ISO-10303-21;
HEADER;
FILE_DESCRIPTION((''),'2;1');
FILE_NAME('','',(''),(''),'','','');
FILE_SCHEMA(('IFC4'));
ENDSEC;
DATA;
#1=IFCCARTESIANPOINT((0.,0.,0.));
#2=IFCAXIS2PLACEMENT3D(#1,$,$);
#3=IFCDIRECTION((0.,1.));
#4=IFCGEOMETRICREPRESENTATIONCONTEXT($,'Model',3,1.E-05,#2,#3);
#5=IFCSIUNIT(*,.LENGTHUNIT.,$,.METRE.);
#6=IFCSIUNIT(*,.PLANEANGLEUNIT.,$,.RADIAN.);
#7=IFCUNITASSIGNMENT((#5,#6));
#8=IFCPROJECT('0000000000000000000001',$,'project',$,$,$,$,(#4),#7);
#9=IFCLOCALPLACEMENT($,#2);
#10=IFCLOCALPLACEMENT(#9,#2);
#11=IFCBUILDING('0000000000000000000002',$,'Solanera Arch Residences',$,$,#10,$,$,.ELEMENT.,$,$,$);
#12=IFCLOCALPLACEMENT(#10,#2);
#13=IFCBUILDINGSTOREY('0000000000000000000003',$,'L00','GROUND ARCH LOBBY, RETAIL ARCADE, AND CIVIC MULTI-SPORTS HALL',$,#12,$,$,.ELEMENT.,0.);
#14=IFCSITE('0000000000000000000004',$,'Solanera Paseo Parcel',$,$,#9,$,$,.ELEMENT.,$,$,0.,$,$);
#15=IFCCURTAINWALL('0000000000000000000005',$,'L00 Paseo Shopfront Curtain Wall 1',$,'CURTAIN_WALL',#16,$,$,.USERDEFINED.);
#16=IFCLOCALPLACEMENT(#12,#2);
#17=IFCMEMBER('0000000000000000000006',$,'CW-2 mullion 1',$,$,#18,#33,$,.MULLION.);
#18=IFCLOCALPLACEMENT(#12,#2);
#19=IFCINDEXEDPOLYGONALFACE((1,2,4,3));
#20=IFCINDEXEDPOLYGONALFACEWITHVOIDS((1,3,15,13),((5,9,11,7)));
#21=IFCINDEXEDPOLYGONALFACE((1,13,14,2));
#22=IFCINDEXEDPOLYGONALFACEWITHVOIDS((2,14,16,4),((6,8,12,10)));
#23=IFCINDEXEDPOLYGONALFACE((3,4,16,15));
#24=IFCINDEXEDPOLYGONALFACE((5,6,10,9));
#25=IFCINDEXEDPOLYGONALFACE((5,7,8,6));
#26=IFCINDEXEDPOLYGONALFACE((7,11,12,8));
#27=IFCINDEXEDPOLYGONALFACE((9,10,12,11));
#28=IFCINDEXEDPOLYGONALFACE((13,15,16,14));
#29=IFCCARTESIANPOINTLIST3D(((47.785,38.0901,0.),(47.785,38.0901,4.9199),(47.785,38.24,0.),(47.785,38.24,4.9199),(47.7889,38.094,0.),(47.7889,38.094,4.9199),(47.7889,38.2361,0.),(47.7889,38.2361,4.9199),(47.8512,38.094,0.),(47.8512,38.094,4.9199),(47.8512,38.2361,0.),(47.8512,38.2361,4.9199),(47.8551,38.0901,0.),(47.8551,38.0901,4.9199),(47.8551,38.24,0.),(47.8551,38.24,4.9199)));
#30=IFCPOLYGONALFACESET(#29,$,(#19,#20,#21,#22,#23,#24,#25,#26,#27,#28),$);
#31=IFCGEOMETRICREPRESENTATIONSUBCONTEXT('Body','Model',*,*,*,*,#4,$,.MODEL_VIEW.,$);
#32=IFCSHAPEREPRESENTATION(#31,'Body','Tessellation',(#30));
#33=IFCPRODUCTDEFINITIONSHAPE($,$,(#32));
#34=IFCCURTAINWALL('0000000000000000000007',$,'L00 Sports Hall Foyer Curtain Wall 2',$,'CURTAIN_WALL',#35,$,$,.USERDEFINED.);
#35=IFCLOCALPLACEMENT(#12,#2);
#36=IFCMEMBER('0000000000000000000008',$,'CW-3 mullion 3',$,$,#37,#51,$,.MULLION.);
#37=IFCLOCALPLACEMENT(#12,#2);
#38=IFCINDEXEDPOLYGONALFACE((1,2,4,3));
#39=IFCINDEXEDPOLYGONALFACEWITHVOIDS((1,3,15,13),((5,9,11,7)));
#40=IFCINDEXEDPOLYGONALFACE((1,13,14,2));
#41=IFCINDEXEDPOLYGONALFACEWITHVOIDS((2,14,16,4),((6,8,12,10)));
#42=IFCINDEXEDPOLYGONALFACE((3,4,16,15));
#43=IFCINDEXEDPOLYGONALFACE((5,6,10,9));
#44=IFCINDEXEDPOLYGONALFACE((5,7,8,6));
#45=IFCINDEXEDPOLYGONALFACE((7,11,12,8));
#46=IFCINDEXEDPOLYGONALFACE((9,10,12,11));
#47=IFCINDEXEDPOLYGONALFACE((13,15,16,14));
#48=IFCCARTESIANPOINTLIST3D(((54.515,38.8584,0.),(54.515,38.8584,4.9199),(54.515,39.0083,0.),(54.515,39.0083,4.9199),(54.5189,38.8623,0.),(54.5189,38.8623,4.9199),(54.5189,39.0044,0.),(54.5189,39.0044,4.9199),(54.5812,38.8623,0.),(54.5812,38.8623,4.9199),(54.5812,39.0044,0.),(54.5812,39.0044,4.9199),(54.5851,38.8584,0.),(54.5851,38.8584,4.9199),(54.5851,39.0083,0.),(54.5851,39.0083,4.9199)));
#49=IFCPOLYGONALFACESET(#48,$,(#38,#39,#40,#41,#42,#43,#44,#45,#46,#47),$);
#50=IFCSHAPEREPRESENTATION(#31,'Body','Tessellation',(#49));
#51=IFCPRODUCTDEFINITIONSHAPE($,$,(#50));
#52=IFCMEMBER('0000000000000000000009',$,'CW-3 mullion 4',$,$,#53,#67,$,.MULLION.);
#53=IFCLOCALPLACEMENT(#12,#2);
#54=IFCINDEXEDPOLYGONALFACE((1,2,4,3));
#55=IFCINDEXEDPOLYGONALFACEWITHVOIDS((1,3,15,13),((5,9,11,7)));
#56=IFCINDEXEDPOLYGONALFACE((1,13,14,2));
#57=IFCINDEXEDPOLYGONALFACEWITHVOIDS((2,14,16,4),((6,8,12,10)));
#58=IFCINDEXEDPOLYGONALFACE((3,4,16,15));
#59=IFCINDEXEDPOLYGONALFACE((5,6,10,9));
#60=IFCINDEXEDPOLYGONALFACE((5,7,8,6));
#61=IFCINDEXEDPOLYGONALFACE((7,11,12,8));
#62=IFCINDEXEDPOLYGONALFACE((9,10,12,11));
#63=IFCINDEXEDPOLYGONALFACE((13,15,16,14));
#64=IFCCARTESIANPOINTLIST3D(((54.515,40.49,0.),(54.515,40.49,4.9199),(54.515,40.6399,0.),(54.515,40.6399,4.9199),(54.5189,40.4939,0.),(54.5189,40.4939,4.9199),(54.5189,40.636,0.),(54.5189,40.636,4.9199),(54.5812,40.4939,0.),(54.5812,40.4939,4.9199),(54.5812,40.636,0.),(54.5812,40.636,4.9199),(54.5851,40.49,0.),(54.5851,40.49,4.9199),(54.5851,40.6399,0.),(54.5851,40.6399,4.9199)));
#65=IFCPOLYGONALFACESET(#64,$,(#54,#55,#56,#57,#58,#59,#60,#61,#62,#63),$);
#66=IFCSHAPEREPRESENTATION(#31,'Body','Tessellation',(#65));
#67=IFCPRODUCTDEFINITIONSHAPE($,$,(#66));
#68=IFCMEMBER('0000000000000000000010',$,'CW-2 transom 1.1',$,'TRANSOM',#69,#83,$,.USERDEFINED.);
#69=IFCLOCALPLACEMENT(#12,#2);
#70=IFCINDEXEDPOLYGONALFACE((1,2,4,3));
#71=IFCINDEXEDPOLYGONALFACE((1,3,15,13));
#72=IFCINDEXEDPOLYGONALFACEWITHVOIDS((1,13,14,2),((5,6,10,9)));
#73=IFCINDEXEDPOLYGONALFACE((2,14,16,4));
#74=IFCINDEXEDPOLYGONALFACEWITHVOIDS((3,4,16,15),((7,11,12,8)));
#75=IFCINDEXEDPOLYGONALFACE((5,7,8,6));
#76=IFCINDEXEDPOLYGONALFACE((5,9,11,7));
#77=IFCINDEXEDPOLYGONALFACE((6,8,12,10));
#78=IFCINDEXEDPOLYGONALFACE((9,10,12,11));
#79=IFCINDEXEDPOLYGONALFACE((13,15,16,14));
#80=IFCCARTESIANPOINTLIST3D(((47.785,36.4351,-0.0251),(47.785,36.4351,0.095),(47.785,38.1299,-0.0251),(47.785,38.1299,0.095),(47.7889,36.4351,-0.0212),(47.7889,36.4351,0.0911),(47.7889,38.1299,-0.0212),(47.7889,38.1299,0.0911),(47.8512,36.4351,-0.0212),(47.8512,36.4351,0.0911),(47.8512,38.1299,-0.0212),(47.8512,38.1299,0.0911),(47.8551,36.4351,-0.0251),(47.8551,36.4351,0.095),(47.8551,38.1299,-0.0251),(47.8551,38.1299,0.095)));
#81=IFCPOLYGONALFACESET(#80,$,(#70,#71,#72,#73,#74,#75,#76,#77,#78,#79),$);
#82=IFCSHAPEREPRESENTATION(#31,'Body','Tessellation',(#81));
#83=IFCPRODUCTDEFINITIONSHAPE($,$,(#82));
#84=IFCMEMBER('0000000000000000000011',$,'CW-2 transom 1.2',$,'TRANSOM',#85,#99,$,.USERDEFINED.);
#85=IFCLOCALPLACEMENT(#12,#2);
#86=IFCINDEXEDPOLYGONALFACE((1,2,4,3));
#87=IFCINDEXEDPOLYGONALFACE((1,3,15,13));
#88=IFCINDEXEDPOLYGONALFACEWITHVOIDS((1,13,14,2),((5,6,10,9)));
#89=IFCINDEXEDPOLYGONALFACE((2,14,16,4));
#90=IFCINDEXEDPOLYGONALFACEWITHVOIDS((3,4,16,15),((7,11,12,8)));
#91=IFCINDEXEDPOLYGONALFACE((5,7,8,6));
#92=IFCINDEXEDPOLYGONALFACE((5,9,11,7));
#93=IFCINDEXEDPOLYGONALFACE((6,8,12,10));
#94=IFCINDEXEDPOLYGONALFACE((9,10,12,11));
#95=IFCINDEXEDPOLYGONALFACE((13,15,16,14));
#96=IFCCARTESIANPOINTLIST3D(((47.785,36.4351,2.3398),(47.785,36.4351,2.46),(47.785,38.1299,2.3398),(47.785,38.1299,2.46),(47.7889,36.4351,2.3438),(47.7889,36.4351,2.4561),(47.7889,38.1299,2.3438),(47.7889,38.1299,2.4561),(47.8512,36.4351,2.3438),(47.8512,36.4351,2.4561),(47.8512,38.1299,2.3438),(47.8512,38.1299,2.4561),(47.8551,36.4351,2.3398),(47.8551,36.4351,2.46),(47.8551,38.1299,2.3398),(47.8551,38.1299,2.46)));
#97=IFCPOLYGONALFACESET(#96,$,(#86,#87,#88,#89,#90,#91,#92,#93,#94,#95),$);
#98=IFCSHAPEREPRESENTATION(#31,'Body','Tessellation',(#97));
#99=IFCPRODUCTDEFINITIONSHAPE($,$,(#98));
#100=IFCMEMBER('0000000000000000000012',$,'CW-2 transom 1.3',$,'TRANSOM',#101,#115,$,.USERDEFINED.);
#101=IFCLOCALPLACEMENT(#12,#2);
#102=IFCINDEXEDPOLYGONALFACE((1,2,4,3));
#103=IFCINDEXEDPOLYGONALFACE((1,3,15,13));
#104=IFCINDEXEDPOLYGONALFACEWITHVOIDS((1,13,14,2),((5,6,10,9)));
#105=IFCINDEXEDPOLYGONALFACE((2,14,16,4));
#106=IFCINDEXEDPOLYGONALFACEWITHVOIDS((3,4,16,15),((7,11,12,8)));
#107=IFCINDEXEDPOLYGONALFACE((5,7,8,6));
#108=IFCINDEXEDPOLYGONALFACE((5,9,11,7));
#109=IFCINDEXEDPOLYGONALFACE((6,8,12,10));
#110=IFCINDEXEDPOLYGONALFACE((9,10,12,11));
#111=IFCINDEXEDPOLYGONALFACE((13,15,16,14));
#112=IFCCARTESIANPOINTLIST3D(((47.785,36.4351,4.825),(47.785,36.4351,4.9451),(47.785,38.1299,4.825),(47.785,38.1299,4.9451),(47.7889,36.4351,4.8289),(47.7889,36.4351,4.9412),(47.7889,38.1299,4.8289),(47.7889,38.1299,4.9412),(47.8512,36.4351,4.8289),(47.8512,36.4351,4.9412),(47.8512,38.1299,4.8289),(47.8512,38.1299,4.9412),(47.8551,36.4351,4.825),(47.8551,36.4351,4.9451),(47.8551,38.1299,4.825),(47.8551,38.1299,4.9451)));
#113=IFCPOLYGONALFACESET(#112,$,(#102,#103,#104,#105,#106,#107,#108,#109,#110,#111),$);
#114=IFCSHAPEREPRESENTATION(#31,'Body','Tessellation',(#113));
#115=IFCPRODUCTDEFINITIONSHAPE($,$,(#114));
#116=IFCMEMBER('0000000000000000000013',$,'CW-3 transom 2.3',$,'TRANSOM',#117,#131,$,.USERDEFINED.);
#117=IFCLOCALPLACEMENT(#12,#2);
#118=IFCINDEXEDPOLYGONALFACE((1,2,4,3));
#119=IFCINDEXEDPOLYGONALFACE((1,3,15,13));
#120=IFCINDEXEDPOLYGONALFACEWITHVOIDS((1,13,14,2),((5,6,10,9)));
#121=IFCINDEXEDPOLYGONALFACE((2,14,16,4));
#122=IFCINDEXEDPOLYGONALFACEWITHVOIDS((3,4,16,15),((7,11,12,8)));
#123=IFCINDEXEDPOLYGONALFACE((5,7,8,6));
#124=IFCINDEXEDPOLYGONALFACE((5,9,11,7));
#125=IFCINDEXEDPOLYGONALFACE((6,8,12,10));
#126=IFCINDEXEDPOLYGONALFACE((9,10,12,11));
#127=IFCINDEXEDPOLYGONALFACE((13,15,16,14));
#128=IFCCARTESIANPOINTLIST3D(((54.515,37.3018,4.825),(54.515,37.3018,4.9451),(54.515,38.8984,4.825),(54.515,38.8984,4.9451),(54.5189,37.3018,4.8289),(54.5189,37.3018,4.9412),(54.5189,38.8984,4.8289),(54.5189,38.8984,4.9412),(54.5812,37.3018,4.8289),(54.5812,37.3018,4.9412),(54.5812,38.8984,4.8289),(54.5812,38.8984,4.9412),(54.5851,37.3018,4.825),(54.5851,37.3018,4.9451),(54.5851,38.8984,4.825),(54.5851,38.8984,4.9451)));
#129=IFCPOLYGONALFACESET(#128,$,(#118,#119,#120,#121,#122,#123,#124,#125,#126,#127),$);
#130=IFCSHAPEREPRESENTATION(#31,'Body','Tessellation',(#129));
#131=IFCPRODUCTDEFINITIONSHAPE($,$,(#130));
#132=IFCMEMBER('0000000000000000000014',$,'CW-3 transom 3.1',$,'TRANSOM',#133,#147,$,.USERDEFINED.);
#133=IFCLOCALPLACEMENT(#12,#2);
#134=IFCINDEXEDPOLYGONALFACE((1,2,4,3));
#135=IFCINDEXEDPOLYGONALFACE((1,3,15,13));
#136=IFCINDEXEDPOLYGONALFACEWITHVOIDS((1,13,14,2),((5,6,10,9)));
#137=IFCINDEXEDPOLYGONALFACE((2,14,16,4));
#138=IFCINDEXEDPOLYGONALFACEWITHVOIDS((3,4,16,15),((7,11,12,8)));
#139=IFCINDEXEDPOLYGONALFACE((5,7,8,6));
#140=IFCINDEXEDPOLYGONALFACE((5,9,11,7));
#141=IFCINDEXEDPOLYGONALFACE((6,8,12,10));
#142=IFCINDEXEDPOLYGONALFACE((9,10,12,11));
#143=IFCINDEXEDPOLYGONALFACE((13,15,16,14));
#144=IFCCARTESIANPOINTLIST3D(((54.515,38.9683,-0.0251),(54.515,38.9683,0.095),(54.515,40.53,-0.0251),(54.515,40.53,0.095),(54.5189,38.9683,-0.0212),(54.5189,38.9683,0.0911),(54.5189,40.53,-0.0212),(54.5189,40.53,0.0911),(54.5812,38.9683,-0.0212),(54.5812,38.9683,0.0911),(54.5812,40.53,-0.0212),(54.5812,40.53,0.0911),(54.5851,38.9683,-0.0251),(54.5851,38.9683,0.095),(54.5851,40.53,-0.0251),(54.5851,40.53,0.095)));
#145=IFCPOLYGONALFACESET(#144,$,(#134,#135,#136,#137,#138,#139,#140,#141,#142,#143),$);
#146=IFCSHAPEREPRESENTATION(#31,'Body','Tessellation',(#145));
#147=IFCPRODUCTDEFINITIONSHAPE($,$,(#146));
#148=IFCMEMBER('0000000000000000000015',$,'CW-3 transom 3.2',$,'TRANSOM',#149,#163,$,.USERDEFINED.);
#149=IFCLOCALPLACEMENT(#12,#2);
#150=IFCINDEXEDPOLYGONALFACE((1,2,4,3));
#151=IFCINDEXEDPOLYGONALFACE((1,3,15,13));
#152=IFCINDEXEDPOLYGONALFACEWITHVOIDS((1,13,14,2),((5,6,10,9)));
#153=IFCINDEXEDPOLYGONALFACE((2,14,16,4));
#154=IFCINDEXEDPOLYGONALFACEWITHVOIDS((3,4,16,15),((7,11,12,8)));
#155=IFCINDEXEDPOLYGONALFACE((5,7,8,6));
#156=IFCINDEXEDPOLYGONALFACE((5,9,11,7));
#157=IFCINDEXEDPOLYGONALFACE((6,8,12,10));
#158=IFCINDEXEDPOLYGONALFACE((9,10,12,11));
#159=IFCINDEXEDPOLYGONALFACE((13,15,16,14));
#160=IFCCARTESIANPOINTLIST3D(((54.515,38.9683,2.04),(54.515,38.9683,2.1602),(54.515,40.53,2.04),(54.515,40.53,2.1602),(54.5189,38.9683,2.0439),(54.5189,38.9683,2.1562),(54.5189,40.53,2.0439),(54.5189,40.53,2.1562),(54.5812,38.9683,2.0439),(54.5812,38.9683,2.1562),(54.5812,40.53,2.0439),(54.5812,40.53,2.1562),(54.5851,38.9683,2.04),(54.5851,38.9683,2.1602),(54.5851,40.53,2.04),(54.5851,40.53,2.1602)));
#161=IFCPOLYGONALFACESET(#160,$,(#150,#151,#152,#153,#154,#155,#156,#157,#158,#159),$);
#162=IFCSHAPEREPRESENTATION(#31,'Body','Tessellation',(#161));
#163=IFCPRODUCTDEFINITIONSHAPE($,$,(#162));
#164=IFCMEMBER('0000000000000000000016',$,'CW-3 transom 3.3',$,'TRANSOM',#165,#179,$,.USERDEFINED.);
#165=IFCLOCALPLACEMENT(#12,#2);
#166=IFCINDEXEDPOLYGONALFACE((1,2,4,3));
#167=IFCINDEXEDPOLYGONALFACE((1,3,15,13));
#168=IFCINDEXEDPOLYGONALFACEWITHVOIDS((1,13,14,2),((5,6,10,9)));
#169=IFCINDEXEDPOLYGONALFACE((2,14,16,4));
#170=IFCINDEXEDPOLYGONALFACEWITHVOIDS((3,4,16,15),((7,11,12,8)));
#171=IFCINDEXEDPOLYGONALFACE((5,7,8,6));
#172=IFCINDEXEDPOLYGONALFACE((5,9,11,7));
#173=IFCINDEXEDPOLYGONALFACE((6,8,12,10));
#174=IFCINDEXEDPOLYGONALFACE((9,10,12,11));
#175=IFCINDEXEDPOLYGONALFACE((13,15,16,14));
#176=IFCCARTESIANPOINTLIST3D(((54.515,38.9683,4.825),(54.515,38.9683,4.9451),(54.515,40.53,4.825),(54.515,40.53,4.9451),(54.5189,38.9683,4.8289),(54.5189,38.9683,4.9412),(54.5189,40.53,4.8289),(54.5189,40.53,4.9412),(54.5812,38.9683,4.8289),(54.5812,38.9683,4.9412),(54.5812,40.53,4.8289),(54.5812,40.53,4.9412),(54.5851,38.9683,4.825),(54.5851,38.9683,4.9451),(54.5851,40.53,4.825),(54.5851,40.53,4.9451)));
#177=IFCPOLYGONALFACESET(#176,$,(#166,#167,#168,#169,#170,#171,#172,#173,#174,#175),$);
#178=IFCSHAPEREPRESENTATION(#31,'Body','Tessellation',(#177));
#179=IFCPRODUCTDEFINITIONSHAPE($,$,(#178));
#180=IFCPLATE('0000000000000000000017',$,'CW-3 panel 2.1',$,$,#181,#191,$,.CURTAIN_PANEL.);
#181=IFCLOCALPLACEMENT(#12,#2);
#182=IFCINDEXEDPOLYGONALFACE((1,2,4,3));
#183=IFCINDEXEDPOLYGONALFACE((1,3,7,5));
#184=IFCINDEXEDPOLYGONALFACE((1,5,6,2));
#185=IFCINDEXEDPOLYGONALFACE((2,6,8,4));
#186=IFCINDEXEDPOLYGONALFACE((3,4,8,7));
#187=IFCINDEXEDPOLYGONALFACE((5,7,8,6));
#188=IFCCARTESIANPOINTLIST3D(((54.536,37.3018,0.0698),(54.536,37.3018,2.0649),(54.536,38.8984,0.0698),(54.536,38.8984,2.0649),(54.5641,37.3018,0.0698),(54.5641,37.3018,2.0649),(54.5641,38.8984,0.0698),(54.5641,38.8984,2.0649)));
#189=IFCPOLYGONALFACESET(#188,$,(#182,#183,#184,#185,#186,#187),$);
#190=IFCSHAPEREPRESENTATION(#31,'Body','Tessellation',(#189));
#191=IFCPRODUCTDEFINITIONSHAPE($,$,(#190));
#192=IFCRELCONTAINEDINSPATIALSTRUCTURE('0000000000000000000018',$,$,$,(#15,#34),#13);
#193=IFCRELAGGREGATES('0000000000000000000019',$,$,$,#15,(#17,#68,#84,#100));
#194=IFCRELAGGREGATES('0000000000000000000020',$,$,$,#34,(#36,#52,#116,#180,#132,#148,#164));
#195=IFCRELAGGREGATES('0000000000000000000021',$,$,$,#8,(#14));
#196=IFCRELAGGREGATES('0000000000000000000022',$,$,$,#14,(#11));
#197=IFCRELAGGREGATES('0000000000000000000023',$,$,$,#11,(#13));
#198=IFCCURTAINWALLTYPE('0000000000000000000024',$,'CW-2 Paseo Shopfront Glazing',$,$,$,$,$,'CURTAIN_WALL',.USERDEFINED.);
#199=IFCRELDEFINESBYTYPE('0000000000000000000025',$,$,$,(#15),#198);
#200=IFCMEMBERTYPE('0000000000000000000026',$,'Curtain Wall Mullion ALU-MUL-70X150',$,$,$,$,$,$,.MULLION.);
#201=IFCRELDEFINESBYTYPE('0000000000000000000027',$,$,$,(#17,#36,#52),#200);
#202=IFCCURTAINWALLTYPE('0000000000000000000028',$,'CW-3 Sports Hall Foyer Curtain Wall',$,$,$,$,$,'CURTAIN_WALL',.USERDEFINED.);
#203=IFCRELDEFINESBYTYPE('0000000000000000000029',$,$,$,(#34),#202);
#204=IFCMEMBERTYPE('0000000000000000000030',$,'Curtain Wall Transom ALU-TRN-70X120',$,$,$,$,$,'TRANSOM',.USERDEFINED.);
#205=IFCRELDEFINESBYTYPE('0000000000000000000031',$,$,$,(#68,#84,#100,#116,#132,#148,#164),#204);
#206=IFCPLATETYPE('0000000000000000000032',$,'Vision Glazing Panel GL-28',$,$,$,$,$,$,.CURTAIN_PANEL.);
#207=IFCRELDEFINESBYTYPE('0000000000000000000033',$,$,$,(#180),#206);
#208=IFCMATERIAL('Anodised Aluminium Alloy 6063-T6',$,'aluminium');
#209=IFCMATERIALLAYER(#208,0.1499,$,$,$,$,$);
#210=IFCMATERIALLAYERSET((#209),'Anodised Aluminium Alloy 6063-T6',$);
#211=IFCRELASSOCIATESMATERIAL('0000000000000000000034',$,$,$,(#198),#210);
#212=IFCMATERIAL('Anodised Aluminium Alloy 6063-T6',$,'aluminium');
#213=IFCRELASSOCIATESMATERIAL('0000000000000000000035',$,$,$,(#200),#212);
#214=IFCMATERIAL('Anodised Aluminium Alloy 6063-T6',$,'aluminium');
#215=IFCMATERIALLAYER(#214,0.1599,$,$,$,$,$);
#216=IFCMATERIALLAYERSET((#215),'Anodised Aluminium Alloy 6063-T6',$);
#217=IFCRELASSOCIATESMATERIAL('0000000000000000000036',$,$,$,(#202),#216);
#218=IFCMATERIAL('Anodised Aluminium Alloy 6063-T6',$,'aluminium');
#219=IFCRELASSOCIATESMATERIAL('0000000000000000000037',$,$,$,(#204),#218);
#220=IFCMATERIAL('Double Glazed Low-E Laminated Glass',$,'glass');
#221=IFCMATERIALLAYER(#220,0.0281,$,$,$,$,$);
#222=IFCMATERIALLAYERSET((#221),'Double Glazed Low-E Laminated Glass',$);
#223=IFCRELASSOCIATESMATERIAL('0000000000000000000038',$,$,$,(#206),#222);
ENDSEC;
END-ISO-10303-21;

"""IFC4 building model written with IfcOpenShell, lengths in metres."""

from ifc_helpers import new_model, si_unit, direction, frame, origin, origin_2d, place, context, subcontext, project, spatial, rectangle, hollow_rectangle, extrude, material, layer, layer_set, material_profile, profile_set, type_object, element, aggregate, save


model = new_model("IFC4")

# Units and contexts
model_context = context("Model", 3, precision=1e-05, world=origin(), true_north=direction((0.0, 1.0)))
body_context = subcontext(model_context, "Body", "Model", "MODEL_VIEW")
ifc_project = project(units=[si_unit("LENGTHUNIT", "METRE"), si_unit("PLANEANGLEUNIT", "RADIAN")], contexts=[model_context])

# Site, building, storey
site_placement = place(None, origin())
site = spatial("IfcSite", under=ifc_project, at=site_placement, Name="Solanera Paseo Parcel", CompositionType="ELEMENT", RefElevation=0.0)
building_placement = place(site_placement, origin())
building = spatial("IfcBuilding", under=site, at=building_placement, Name="Solanera Arch Residences", CompositionType="ELEMENT")
storey_placement = place(building_placement, origin())
storey = spatial("IfcBuildingStorey", under=building, at=storey_placement, Name="L00", Description="GROUND ARCH LOBBY, RETAIL ARCADE, AND CIVIC MULTI-SPORTS HALL", CompositionType="ELEMENT", Elevation=0.0)

# Curtain wall, member
ifc_material_1 = material(Name="Anodised Aluminium Alloy 6063-T6", Category="aluminium")
ifc_layer_1 = layer(ifc_material_1, 0.1499)
ifc_layer_set_1 = layer_set([ifc_layer_1], Name="Anodised Aluminium Alloy 6063-T6")
curtain_wall_type_1 = type_object("IfcCurtainWallType", Name="CW-2 Paseo Shopfront Glazing", ElementType="CURTAIN_WALL", PredefinedType="USERDEFINED", material=ifc_layer_set_1)
curtain_wall_1_placement = place(storey_placement, origin())
curtain_wall_1 = element("IfcCurtainWall", 1, at=curtain_wall_1_placement, inside=storey, type_object=curtain_wall_type_1, Name="L00 Paseo Shopfront Curtain Wall 1", ObjectType="CURTAIN_WALL", PredefinedType="USERDEFINED")
ifc_material_2 = material(Name="Anodised Aluminium Alloy 6063-T6", Category="aluminium")
ifc_material_profile_1 = material_profile(ifc_material_2, hollow_rectangle(XDim=0.0701, YDim=0.1499, WallThickness=0.0039, at=origin_2d()))
ifc_profile_set_1 = profile_set([ifc_material_profile_1], Name="Anodised Aluminium Alloy 6063-T6")
member_type_1 = type_object("IfcMemberType", Name="Curtain Wall Mullion ALU-MUL-70X150", PredefinedType="MULLION", material=ifc_profile_set_1)
member_1_placement = place(storey_placement, frame((47.8201, 38.165, 0.0), z_axis=(0.0, 0.0, 1.0), x_axis=(1.0, 0.0, 0.0)))
member_1 = element("IfcMember", 2, at=member_1_placement, type_object=member_type_1, Name="CW-2 mullion 1", PredefinedType="MULLION", context=body_context, shape_type="SweptSolid", body=[
    extrude(hollow_rectangle(XDim=0.0701, YDim=0.1499, WallThickness=0.0039, at=origin_2d()), origin(), (0.0, 0.0, 1.0), 4.9199),
])

# Curtain wall, members
ifc_material_3 = material(Name="Anodised Aluminium Alloy 6063-T6", Category="aluminium")
ifc_layer_2 = layer(ifc_material_3, 0.1599)
ifc_layer_set_2 = layer_set([ifc_layer_2], Name="Anodised Aluminium Alloy 6063-T6")
curtain_wall_type_2 = type_object("IfcCurtainWallType", Name="CW-3 Sports Hall Foyer Curtain Wall", ElementType="CURTAIN_WALL", PredefinedType="USERDEFINED", material=ifc_layer_set_2)
curtain_wall_2_placement = place(storey_placement, origin())
curtain_wall_2 = element("IfcCurtainWall", 3, at=curtain_wall_2_placement, inside=storey, type_object=curtain_wall_type_2, Name="L00 Sports Hall Foyer Curtain Wall 2", ObjectType="CURTAIN_WALL", PredefinedType="USERDEFINED")
member_2_placement = place(storey_placement, frame((54.55, 38.9333, 0.0), z_axis=(0.0, 0.0, 1.0), x_axis=(-1.0, 0.0, 0.0)))
member_2 = element("IfcMember", 4, at=member_2_placement, type_object=member_type_1, Name="CW-3 mullion 3", PredefinedType="MULLION", context=body_context, shape_type="SweptSolid", body=[
    extrude(hollow_rectangle(XDim=0.0701, YDim=0.1499, WallThickness=0.0039, at=origin_2d()), origin(), (0.0, 0.0, 1.0), 4.9199),
])
member_3_placement = place(storey_placement, frame((54.55, 40.5649, 0.0), z_axis=(0.0, 0.0, 1.0), x_axis=(-1.0, 0.0, 0.0)))
member_3 = element("IfcMember", 5, at=member_3_placement, type_object=member_type_1, Name="CW-3 mullion 4", PredefinedType="MULLION", context=body_context, shape_type="SweptSolid", body=[
    extrude(hollow_rectangle(XDim=0.0701, YDim=0.1499, WallThickness=0.0039, at=origin_2d()), origin(), (0.0, 0.0, 1.0), 4.9199),
])

# Members
ifc_material_4 = material(Name="Anodised Aluminium Alloy 6063-T6", Category="aluminium")
ifc_material_profile_2 = material_profile(ifc_material_4, hollow_rectangle(XDim=0.0701, YDim=0.1201, WallThickness=0.0039, at=origin_2d()))
ifc_profile_set_2 = profile_set([ifc_material_profile_2], Name="Anodised Aluminium Alloy 6063-T6")
member_type_2 = type_object("IfcMemberType", Name="Curtain Wall Transom ALU-TRN-70X120", ElementType="TRANSOM", PredefinedType="USERDEFINED", material=ifc_profile_set_2)
member_4_placement = place(storey_placement, frame((47.8201, 38.1299, 0.0349), z_axis=(0.0, -1.0, 0.0), x_axis=(1.0, 0.0, 0.0)))
member_4 = element("IfcMember", 6, at=member_4_placement, type_object=member_type_2, Name="CW-2 transom 1.1", ObjectType="TRANSOM", PredefinedType="USERDEFINED", context=body_context, shape_type="SweptSolid", body=[
    extrude(hollow_rectangle(XDim=0.0701, YDim=0.1201, WallThickness=0.0039, at=origin_2d()), origin(), (0.0, 0.0, 1.0), 1.6948),
])
member_5_placement = place(storey_placement, frame((47.8201, 38.1299, 2.3999), z_axis=(0.0, -1.0, 0.0), x_axis=(1.0, 0.0, 0.0)))
member_5 = element("IfcMember", 7, at=member_5_placement, type_object=member_type_2, Name="CW-2 transom 1.2", ObjectType="TRANSOM", PredefinedType="USERDEFINED", context=body_context, shape_type="SweptSolid", body=[
    extrude(hollow_rectangle(XDim=0.0701, YDim=0.1201, WallThickness=0.0039, at=origin_2d()), origin(), (0.0, 0.0, 1.0), 1.6948),
])
member_6_placement = place(storey_placement, frame((47.8201, 38.1299, 4.885), z_axis=(0.0, -1.0, 0.0), x_axis=(1.0, 0.0, 0.0)))
member_6 = element("IfcMember", 8, at=member_6_placement, type_object=member_type_2, Name="CW-2 transom 1.3", ObjectType="TRANSOM", PredefinedType="USERDEFINED", context=body_context, shape_type="SweptSolid", body=[
    extrude(hollow_rectangle(XDim=0.0701, YDim=0.1201, WallThickness=0.0039, at=origin_2d()), origin(), (0.0, 0.0, 1.0), 1.6948),
])
aggregate(curtain_wall_1, [member_1, member_4, member_5, member_6])
member_7_placement = place(storey_placement, frame((54.55, 37.3018, 4.885), z_axis=(0.0, 1.0, 0.0), x_axis=(-1.0, 0.0, 0.0)))
member_7 = element("IfcMember", 9, at=member_7_placement, type_object=member_type_2, Name="CW-3 transom 2.3", ObjectType="TRANSOM", PredefinedType="USERDEFINED", context=body_context, shape_type="SweptSolid", body=[
    extrude(hollow_rectangle(XDim=0.0701, YDim=0.1201, WallThickness=0.0039, at=origin_2d()), origin(), (0.0, 0.0, 1.0), 1.5967),
])
member_8_placement = place(storey_placement, frame((54.55, 38.9683, 0.0349), z_axis=(0.0, 1.0, 0.0), x_axis=(-1.0, 0.0, 0.0)))
member_8 = element("IfcMember", 10, at=member_8_placement, type_object=member_type_2, Name="CW-3 transom 3.1", ObjectType="TRANSOM", PredefinedType="USERDEFINED", context=body_context, shape_type="SweptSolid", body=[
    extrude(hollow_rectangle(XDim=0.0701, YDim=0.1201, WallThickness=0.0039, at=origin_2d()), origin(), (0.0, 0.0, 1.0), 1.5618),
])
member_9_placement = place(storey_placement, frame((54.55, 38.9683, 2.1001), z_axis=(0.0, 1.0, 0.0), x_axis=(-1.0, 0.0, 0.0)))
member_9 = element("IfcMember", 11, at=member_9_placement, type_object=member_type_2, Name="CW-3 transom 3.2", ObjectType="TRANSOM", PredefinedType="USERDEFINED", context=body_context, shape_type="SweptSolid", body=[
    extrude(hollow_rectangle(XDim=0.0701, YDim=0.1201, WallThickness=0.0039, at=origin_2d()), origin(), (0.0, 0.0, 1.0), 1.5618),
])
member_10_placement = place(storey_placement, frame((54.55, 38.9683, 4.885), z_axis=(0.0, 1.0, 0.0), x_axis=(-1.0, 0.0, 0.0)))
member_10 = element("IfcMember", 12, at=member_10_placement, type_object=member_type_2, Name="CW-3 transom 3.3", ObjectType="TRANSOM", PredefinedType="USERDEFINED", context=body_context, shape_type="SweptSolid", body=[
    extrude(hollow_rectangle(XDim=0.0701, YDim=0.1201, WallThickness=0.0039, at=origin_2d()), origin(), (0.0, 0.0, 1.0), 1.5618),
])

# Plate
ifc_material_5 = material(Name="Double Glazed Low-E Laminated Glass", Category="glass")
ifc_layer_3 = layer(ifc_material_5, 0.0281)
ifc_layer_set_3 = layer_set([ifc_layer_3], Name="Double Glazed Low-E Laminated Glass")
plate_type = type_object("IfcPlateType", Name="Vision Glazing Panel GL-28", PredefinedType="CURTAIN_PANEL", material=ifc_layer_set_3)
plate_1_placement = place(storey_placement, frame((54.55, 38.1001, 0.0698), z_axis=(0.0, 0.0, 1.0), x_axis=(0.0, 1.0, 0.0)))
plate_1 = element("IfcPlate", 13, at=plate_1_placement, type_object=plate_type, Name="CW-3 panel 2.1", PredefinedType="CURTAIN_PANEL", context=body_context, shape_type="SweptSolid", body=[
    extrude(rectangle(XDim=1.5967, YDim=0.0281, at=origin_2d()), origin(), (0.0, 0.0, 1.0), 1.9951),
])
aggregate(curtain_wall_2, [member_2, member_3, member_7, plate_1, member_8, member_9, member_10])

save(model, "model.ifc")
